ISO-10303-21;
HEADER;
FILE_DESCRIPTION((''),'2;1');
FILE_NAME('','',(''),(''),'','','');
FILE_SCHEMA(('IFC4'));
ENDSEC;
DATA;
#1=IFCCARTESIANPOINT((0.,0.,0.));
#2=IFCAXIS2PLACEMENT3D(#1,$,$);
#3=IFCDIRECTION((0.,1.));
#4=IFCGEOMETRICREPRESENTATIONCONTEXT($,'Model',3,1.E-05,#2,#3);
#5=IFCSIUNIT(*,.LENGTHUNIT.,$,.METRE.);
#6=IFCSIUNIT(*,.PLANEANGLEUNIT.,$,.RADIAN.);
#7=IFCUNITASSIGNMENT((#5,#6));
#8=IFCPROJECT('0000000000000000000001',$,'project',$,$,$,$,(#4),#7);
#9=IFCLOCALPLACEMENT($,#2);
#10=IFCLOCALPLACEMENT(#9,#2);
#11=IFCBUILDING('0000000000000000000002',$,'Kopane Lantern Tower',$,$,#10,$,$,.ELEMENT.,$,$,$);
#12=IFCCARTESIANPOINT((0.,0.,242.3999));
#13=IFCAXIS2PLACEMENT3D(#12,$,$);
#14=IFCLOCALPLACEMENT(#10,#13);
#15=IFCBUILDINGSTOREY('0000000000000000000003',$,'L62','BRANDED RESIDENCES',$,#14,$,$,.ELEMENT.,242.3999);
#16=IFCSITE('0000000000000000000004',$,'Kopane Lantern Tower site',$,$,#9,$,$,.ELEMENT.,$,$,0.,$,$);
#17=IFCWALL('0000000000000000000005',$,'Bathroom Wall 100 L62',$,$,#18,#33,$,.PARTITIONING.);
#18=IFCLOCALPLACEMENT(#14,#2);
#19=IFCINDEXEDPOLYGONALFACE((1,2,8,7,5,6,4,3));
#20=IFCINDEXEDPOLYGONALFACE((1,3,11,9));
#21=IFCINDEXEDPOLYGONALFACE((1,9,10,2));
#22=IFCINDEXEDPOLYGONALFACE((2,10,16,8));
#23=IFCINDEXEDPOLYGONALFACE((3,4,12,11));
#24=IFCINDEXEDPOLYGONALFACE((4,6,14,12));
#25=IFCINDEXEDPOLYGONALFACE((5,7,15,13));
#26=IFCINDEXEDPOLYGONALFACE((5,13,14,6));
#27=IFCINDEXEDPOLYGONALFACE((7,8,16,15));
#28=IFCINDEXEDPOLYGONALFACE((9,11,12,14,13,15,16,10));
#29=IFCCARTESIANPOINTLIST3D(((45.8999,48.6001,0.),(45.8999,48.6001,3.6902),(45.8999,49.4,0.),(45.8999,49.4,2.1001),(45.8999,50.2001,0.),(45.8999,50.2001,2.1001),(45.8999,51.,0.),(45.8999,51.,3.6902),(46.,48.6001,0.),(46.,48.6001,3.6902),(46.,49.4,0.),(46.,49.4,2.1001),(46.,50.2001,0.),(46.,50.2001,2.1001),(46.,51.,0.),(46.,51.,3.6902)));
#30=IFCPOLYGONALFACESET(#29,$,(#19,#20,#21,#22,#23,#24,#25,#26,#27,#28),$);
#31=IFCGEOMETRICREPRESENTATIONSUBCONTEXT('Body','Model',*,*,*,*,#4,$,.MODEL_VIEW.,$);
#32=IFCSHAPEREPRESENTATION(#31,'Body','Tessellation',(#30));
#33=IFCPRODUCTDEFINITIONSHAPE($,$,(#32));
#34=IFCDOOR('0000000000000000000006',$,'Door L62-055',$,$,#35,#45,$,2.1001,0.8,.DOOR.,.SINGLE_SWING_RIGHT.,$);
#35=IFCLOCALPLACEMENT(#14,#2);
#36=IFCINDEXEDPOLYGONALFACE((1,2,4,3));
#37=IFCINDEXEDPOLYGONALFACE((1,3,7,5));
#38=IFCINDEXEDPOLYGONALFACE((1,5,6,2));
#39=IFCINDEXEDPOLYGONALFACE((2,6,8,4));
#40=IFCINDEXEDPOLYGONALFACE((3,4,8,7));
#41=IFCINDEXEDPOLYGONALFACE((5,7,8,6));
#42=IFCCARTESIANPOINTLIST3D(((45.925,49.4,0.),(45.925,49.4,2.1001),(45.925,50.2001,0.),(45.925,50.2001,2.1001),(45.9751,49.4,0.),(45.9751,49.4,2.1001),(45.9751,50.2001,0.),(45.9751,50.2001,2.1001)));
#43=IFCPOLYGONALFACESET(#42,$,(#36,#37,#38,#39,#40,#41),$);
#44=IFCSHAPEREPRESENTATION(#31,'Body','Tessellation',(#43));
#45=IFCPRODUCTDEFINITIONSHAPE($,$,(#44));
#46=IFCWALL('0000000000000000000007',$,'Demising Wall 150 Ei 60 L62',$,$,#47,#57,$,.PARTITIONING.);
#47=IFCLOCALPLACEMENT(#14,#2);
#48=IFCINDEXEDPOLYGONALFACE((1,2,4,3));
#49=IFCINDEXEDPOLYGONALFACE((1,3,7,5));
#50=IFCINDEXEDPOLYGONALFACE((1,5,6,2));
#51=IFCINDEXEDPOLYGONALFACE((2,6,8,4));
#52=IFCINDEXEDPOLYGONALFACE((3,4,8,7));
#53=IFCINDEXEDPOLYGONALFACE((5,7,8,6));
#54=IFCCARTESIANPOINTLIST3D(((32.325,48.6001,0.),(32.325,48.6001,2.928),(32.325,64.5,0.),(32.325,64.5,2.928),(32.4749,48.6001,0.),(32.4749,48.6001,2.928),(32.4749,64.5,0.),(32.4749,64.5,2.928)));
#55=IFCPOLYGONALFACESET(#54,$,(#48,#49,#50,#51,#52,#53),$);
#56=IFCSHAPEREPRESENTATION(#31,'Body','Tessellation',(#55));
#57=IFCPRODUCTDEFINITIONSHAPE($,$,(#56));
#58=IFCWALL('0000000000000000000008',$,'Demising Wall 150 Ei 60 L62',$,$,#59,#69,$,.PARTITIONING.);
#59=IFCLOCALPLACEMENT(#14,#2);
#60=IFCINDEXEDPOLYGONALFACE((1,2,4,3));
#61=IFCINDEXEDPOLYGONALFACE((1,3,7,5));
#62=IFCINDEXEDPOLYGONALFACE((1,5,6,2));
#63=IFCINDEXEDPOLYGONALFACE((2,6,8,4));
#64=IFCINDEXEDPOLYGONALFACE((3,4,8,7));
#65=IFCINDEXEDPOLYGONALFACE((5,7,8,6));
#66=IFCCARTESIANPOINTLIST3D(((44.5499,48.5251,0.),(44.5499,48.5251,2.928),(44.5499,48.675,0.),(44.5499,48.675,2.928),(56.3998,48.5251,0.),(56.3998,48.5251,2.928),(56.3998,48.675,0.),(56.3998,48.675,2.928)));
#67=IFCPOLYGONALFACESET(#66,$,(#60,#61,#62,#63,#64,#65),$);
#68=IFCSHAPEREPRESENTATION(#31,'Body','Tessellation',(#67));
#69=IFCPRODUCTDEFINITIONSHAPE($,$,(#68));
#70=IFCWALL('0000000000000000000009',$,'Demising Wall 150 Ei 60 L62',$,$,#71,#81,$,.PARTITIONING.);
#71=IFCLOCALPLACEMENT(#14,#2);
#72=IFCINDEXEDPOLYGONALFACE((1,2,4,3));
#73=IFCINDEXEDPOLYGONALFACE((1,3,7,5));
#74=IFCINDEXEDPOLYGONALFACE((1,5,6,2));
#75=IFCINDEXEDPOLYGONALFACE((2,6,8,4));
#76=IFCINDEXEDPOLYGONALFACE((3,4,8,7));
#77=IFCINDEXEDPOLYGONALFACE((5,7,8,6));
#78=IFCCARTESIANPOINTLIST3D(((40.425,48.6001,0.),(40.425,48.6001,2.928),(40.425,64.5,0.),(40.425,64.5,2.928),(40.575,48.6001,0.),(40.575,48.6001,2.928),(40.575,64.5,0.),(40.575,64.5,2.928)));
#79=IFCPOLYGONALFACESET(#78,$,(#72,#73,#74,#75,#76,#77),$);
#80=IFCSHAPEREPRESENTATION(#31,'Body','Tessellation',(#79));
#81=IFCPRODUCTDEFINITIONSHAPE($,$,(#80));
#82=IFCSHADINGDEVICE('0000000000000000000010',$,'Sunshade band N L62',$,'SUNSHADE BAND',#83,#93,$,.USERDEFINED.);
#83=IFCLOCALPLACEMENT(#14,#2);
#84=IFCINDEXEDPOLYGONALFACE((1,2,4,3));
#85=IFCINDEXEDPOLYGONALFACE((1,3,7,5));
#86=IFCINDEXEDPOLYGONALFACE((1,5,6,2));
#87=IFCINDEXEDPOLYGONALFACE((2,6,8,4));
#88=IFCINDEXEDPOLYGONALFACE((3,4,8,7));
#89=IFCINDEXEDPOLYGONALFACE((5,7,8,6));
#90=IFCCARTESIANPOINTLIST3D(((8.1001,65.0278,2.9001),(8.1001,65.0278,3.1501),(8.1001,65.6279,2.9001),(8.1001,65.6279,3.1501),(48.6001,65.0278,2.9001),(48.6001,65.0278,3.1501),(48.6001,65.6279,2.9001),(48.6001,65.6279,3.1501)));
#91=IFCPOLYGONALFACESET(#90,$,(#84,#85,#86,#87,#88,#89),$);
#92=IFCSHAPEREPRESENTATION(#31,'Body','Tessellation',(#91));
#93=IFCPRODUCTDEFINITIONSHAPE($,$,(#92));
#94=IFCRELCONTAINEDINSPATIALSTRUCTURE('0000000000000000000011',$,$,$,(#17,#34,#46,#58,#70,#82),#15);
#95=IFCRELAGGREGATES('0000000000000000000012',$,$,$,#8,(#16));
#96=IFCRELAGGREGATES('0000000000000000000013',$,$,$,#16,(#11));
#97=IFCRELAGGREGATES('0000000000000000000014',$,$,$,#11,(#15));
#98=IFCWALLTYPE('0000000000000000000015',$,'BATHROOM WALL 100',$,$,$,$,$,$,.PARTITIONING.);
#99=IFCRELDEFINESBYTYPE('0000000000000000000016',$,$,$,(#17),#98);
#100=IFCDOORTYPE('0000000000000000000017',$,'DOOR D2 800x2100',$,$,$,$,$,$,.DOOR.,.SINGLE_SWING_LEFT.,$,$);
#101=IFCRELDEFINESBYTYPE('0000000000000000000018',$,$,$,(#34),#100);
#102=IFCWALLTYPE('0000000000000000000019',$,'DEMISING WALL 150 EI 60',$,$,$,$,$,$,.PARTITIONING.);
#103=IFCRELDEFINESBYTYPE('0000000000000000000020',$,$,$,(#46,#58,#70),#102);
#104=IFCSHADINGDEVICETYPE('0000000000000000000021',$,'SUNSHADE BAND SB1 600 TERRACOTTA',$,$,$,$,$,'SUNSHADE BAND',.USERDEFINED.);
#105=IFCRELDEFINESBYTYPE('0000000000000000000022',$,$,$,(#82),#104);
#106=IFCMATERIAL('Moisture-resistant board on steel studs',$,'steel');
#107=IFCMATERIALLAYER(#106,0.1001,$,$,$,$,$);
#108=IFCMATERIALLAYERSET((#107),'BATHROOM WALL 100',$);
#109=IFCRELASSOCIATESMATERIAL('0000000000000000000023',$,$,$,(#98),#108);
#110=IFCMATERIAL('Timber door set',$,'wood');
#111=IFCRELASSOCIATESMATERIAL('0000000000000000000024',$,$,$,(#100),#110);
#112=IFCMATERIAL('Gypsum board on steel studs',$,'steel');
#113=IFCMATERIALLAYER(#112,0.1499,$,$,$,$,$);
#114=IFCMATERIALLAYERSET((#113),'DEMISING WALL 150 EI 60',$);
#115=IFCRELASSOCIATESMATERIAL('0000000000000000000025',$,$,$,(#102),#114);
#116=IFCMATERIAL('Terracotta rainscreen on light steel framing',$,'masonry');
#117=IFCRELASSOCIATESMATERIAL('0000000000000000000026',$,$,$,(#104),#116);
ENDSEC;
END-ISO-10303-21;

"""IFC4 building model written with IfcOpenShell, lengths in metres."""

from ifc_helpers import new_model, si_unit, direction, frame, frame_2d, origin, origin_2d, place, context, subcontext, project, spatial, rectangle, extrude, material, layer, layer_set, type_object, element, fill, save


model = new_model("IFC4")

# Units and contexts
model_context = context("Model", 3, precision=1e-05, world=origin(), true_north=direction((0.0, 1.0)))
body_context = subcontext(model_context, "Body", "Model", "MODEL_VIEW")
ifc_project = project(units=[si_unit("LENGTHUNIT", "METRE"), si_unit("PLANEANGLEUNIT", "RADIAN")], contexts=[model_context])

# Site, building, storey
site_placement = place(None, origin())
site = spatial("IfcSite", under=ifc_project, at=site_placement, Name="Kopane Lantern Tower site", CompositionType="ELEMENT", RefElevation=0.0)
building_placement = place(site_placement, origin())
building = spatial("IfcBuilding", under=site, at=building_placement, Name="Kopane Lantern Tower", CompositionType="ELEMENT")
storey_placement = place(building_placement, frame((0.0, 0.0, 242.3999)))
storey = spatial("IfcBuildingStorey", under=building, at=storey_placement, Name="L62", Description="BRANDED RESIDENCES", CompositionType="ELEMENT", Elevation=242.3999)

# Wall, opening, door
ifc_material_1 = material(Name="Moisture-resistant board on steel studs", Category="steel")
ifc_layer_1 = layer(ifc_material_1, 0.1001)
ifc_layer_set_1 = layer_set([ifc_layer_1], Name="BATHROOM WALL 100")
wall_type_1 = type_object("IfcWallType", Name="BATHROOM WALL 100", PredefinedType="PARTITIONING", material=ifc_layer_set_1)
ifc_material_2 = material(Name="Timber door set", Category="wood")
door_type_1 = type_object("IfcDoorType", Name="DOOR D2 800x2100", OperationType="SINGLE_SWING_LEFT", PredefinedType="DOOR", material=ifc_material_2)
wall_1_placement = place(storey_placement, frame((45.95, 48.6001, 0.0), z_axis=(0.0, 0.0, 1.0), x_axis=(0.0, 1.0, 0.0)))
wall_1 = element("IfcWall", 1, at=wall_1_placement, inside=storey, type_object=wall_type_1, Name="Bathroom Wall 100 L62", PredefinedType="PARTITIONING", context=body_context, shape_type="SweptSolid", body=[
    extrude(rectangle(XDim=2.3999, YDim=0.1001, at=frame_2d((1.2, 0.0))), origin(), (0.0, 0.0, 1.0), 3.6902),
])
opening_1_placement = place(wall_1_placement, frame((0.8, 0.0, 0.0)))
opening_1 = element("IfcOpeningElement", 2, at=opening_1_placement, cuts=wall_1, PredefinedType="OPENING", context=body_context, shape_type="SweptSolid", body=[
    extrude(rectangle(XDim=0.8, YDim=2.1001, at=frame_2d((0.3999, 1.05))), frame((0.0, 0.0601, 0.0), z_axis=(0.0, -1.0, 0.0), x_axis=(1.0, 0.0, 0.0)), (0.0, 0.0, 1.0), 0.1201),
])
door_1_placement = place(opening_1_placement, origin())
door_1 = element("IfcDoor", 3, at=door_1_placement, inside=storey, type_object=door_type_1, Name="Door L62-055", OperationType="SINGLE_SWING_RIGHT", OverallHeight=2.1001, OverallWidth=0.8, PredefinedType="DOOR", context=body_context, shape_type="SweptSolid", body=[
    extrude(rectangle(XDim=0.8, YDim=2.1001, at=frame_2d((0.3999, 1.05))), frame((0.0, 0.0249, 0.0), z_axis=(0.0, -1.0, 0.0), x_axis=(1.0, 0.0, 0.0)), (0.0, 0.0, 1.0), 0.05),
])
fill(opening_1, door_1)

# Walls
ifc_material_3 = material(Name="Gypsum board on steel studs", Category="steel")
ifc_layer_2 = layer(ifc_material_3, 0.1499)
ifc_layer_set_2 = layer_set([ifc_layer_2], Name="DEMISING WALL 150 EI 60")
wall_type_2 = type_object("IfcWallType", Name="DEMISING WALL 150 EI 60", PredefinedType="PARTITIONING", material=ifc_layer_set_2)
wall_2_placement = place(storey_placement, frame((32.3999, 48.6001, 0.0), z_axis=(0.0, 0.0, 1.0), x_axis=(0.0, 1.0, 0.0)))
element("IfcWall", 4, at=wall_2_placement, inside=storey, type_object=wall_type_2, Name="Demising Wall 150 Ei 60 L62", PredefinedType="PARTITIONING", context=body_context, shape_type="SweptSolid", body=[
    extrude(rectangle(XDim=15.8999, YDim=0.1499, at=frame_2d((7.95, 0.0))), origin(), (0.0, 0.0, 1.0), 2.928),
])
wall_3_placement = place(storey_placement, frame((44.55, 48.6001, 0.0), z_axis=(0.0, 0.0, 1.0), x_axis=(1.0, 0.0, 0.0)))
element("IfcWall", 5, at=wall_3_placement, inside=storey, type_object=wall_type_2, Name="Demising Wall 150 Ei 60 L62", PredefinedType="PARTITIONING", context=body_context, shape_type="SweptSolid", body=[
    extrude(rectangle(XDim=11.8499, YDim=0.1499, at=frame_2d((5.9248, 0.0))), origin(), (0.0, 0.0, 1.0), 2.928),
])
wall_4_placement = place(storey_placement, frame((40.5, 48.6001, 0.0), z_axis=(0.0, 0.0, 1.0), x_axis=(0.0, 1.0, 0.0)))
element("IfcWall", 6, at=wall_4_placement, inside=storey, type_object=wall_type_2, Name="Demising Wall 150 Ei 60 L62", PredefinedType="PARTITIONING", context=body_context, shape_type="SweptSolid", body=[
    extrude(rectangle(XDim=15.8999, YDim=0.1499, at=frame_2d((7.95, 0.0))), origin(), (0.0, 0.0, 1.0), 2.928),
])

# Shading device
ifc_material_4 = material(Name="Terracotta rainscreen on light steel framing", Category="masonry")
shading_device_type = type_object("IfcShadingDeviceType", Name="SUNSHADE BAND SB1 600 TERRACOTTA", ElementType="SUNSHADE BAND", PredefinedType="USERDEFINED", material=ifc_material_4)
shading_device_placement = place(storey_placement, frame((28.3501, 65.3279, 2.9001), z_axis=(0.0, 0.0, 1.0), x_axis=(-1.0, 0.0, 0.0)))
element("IfcShadingDevice", 7, at=shading_device_placement, inside=storey, type_object=shading_device_type, Name="Sunshade band N L62", ObjectType="SUNSHADE BAND", PredefinedType="USERDEFINED", context=body_context, shape_type="SweptSolid", body=[
    extrude(rectangle(XDim=40.5, YDim=0.6001, at=origin_2d()), origin(), (0.0, 0.0, 1.0), 0.25),
])

save(model, "model.ifc")
